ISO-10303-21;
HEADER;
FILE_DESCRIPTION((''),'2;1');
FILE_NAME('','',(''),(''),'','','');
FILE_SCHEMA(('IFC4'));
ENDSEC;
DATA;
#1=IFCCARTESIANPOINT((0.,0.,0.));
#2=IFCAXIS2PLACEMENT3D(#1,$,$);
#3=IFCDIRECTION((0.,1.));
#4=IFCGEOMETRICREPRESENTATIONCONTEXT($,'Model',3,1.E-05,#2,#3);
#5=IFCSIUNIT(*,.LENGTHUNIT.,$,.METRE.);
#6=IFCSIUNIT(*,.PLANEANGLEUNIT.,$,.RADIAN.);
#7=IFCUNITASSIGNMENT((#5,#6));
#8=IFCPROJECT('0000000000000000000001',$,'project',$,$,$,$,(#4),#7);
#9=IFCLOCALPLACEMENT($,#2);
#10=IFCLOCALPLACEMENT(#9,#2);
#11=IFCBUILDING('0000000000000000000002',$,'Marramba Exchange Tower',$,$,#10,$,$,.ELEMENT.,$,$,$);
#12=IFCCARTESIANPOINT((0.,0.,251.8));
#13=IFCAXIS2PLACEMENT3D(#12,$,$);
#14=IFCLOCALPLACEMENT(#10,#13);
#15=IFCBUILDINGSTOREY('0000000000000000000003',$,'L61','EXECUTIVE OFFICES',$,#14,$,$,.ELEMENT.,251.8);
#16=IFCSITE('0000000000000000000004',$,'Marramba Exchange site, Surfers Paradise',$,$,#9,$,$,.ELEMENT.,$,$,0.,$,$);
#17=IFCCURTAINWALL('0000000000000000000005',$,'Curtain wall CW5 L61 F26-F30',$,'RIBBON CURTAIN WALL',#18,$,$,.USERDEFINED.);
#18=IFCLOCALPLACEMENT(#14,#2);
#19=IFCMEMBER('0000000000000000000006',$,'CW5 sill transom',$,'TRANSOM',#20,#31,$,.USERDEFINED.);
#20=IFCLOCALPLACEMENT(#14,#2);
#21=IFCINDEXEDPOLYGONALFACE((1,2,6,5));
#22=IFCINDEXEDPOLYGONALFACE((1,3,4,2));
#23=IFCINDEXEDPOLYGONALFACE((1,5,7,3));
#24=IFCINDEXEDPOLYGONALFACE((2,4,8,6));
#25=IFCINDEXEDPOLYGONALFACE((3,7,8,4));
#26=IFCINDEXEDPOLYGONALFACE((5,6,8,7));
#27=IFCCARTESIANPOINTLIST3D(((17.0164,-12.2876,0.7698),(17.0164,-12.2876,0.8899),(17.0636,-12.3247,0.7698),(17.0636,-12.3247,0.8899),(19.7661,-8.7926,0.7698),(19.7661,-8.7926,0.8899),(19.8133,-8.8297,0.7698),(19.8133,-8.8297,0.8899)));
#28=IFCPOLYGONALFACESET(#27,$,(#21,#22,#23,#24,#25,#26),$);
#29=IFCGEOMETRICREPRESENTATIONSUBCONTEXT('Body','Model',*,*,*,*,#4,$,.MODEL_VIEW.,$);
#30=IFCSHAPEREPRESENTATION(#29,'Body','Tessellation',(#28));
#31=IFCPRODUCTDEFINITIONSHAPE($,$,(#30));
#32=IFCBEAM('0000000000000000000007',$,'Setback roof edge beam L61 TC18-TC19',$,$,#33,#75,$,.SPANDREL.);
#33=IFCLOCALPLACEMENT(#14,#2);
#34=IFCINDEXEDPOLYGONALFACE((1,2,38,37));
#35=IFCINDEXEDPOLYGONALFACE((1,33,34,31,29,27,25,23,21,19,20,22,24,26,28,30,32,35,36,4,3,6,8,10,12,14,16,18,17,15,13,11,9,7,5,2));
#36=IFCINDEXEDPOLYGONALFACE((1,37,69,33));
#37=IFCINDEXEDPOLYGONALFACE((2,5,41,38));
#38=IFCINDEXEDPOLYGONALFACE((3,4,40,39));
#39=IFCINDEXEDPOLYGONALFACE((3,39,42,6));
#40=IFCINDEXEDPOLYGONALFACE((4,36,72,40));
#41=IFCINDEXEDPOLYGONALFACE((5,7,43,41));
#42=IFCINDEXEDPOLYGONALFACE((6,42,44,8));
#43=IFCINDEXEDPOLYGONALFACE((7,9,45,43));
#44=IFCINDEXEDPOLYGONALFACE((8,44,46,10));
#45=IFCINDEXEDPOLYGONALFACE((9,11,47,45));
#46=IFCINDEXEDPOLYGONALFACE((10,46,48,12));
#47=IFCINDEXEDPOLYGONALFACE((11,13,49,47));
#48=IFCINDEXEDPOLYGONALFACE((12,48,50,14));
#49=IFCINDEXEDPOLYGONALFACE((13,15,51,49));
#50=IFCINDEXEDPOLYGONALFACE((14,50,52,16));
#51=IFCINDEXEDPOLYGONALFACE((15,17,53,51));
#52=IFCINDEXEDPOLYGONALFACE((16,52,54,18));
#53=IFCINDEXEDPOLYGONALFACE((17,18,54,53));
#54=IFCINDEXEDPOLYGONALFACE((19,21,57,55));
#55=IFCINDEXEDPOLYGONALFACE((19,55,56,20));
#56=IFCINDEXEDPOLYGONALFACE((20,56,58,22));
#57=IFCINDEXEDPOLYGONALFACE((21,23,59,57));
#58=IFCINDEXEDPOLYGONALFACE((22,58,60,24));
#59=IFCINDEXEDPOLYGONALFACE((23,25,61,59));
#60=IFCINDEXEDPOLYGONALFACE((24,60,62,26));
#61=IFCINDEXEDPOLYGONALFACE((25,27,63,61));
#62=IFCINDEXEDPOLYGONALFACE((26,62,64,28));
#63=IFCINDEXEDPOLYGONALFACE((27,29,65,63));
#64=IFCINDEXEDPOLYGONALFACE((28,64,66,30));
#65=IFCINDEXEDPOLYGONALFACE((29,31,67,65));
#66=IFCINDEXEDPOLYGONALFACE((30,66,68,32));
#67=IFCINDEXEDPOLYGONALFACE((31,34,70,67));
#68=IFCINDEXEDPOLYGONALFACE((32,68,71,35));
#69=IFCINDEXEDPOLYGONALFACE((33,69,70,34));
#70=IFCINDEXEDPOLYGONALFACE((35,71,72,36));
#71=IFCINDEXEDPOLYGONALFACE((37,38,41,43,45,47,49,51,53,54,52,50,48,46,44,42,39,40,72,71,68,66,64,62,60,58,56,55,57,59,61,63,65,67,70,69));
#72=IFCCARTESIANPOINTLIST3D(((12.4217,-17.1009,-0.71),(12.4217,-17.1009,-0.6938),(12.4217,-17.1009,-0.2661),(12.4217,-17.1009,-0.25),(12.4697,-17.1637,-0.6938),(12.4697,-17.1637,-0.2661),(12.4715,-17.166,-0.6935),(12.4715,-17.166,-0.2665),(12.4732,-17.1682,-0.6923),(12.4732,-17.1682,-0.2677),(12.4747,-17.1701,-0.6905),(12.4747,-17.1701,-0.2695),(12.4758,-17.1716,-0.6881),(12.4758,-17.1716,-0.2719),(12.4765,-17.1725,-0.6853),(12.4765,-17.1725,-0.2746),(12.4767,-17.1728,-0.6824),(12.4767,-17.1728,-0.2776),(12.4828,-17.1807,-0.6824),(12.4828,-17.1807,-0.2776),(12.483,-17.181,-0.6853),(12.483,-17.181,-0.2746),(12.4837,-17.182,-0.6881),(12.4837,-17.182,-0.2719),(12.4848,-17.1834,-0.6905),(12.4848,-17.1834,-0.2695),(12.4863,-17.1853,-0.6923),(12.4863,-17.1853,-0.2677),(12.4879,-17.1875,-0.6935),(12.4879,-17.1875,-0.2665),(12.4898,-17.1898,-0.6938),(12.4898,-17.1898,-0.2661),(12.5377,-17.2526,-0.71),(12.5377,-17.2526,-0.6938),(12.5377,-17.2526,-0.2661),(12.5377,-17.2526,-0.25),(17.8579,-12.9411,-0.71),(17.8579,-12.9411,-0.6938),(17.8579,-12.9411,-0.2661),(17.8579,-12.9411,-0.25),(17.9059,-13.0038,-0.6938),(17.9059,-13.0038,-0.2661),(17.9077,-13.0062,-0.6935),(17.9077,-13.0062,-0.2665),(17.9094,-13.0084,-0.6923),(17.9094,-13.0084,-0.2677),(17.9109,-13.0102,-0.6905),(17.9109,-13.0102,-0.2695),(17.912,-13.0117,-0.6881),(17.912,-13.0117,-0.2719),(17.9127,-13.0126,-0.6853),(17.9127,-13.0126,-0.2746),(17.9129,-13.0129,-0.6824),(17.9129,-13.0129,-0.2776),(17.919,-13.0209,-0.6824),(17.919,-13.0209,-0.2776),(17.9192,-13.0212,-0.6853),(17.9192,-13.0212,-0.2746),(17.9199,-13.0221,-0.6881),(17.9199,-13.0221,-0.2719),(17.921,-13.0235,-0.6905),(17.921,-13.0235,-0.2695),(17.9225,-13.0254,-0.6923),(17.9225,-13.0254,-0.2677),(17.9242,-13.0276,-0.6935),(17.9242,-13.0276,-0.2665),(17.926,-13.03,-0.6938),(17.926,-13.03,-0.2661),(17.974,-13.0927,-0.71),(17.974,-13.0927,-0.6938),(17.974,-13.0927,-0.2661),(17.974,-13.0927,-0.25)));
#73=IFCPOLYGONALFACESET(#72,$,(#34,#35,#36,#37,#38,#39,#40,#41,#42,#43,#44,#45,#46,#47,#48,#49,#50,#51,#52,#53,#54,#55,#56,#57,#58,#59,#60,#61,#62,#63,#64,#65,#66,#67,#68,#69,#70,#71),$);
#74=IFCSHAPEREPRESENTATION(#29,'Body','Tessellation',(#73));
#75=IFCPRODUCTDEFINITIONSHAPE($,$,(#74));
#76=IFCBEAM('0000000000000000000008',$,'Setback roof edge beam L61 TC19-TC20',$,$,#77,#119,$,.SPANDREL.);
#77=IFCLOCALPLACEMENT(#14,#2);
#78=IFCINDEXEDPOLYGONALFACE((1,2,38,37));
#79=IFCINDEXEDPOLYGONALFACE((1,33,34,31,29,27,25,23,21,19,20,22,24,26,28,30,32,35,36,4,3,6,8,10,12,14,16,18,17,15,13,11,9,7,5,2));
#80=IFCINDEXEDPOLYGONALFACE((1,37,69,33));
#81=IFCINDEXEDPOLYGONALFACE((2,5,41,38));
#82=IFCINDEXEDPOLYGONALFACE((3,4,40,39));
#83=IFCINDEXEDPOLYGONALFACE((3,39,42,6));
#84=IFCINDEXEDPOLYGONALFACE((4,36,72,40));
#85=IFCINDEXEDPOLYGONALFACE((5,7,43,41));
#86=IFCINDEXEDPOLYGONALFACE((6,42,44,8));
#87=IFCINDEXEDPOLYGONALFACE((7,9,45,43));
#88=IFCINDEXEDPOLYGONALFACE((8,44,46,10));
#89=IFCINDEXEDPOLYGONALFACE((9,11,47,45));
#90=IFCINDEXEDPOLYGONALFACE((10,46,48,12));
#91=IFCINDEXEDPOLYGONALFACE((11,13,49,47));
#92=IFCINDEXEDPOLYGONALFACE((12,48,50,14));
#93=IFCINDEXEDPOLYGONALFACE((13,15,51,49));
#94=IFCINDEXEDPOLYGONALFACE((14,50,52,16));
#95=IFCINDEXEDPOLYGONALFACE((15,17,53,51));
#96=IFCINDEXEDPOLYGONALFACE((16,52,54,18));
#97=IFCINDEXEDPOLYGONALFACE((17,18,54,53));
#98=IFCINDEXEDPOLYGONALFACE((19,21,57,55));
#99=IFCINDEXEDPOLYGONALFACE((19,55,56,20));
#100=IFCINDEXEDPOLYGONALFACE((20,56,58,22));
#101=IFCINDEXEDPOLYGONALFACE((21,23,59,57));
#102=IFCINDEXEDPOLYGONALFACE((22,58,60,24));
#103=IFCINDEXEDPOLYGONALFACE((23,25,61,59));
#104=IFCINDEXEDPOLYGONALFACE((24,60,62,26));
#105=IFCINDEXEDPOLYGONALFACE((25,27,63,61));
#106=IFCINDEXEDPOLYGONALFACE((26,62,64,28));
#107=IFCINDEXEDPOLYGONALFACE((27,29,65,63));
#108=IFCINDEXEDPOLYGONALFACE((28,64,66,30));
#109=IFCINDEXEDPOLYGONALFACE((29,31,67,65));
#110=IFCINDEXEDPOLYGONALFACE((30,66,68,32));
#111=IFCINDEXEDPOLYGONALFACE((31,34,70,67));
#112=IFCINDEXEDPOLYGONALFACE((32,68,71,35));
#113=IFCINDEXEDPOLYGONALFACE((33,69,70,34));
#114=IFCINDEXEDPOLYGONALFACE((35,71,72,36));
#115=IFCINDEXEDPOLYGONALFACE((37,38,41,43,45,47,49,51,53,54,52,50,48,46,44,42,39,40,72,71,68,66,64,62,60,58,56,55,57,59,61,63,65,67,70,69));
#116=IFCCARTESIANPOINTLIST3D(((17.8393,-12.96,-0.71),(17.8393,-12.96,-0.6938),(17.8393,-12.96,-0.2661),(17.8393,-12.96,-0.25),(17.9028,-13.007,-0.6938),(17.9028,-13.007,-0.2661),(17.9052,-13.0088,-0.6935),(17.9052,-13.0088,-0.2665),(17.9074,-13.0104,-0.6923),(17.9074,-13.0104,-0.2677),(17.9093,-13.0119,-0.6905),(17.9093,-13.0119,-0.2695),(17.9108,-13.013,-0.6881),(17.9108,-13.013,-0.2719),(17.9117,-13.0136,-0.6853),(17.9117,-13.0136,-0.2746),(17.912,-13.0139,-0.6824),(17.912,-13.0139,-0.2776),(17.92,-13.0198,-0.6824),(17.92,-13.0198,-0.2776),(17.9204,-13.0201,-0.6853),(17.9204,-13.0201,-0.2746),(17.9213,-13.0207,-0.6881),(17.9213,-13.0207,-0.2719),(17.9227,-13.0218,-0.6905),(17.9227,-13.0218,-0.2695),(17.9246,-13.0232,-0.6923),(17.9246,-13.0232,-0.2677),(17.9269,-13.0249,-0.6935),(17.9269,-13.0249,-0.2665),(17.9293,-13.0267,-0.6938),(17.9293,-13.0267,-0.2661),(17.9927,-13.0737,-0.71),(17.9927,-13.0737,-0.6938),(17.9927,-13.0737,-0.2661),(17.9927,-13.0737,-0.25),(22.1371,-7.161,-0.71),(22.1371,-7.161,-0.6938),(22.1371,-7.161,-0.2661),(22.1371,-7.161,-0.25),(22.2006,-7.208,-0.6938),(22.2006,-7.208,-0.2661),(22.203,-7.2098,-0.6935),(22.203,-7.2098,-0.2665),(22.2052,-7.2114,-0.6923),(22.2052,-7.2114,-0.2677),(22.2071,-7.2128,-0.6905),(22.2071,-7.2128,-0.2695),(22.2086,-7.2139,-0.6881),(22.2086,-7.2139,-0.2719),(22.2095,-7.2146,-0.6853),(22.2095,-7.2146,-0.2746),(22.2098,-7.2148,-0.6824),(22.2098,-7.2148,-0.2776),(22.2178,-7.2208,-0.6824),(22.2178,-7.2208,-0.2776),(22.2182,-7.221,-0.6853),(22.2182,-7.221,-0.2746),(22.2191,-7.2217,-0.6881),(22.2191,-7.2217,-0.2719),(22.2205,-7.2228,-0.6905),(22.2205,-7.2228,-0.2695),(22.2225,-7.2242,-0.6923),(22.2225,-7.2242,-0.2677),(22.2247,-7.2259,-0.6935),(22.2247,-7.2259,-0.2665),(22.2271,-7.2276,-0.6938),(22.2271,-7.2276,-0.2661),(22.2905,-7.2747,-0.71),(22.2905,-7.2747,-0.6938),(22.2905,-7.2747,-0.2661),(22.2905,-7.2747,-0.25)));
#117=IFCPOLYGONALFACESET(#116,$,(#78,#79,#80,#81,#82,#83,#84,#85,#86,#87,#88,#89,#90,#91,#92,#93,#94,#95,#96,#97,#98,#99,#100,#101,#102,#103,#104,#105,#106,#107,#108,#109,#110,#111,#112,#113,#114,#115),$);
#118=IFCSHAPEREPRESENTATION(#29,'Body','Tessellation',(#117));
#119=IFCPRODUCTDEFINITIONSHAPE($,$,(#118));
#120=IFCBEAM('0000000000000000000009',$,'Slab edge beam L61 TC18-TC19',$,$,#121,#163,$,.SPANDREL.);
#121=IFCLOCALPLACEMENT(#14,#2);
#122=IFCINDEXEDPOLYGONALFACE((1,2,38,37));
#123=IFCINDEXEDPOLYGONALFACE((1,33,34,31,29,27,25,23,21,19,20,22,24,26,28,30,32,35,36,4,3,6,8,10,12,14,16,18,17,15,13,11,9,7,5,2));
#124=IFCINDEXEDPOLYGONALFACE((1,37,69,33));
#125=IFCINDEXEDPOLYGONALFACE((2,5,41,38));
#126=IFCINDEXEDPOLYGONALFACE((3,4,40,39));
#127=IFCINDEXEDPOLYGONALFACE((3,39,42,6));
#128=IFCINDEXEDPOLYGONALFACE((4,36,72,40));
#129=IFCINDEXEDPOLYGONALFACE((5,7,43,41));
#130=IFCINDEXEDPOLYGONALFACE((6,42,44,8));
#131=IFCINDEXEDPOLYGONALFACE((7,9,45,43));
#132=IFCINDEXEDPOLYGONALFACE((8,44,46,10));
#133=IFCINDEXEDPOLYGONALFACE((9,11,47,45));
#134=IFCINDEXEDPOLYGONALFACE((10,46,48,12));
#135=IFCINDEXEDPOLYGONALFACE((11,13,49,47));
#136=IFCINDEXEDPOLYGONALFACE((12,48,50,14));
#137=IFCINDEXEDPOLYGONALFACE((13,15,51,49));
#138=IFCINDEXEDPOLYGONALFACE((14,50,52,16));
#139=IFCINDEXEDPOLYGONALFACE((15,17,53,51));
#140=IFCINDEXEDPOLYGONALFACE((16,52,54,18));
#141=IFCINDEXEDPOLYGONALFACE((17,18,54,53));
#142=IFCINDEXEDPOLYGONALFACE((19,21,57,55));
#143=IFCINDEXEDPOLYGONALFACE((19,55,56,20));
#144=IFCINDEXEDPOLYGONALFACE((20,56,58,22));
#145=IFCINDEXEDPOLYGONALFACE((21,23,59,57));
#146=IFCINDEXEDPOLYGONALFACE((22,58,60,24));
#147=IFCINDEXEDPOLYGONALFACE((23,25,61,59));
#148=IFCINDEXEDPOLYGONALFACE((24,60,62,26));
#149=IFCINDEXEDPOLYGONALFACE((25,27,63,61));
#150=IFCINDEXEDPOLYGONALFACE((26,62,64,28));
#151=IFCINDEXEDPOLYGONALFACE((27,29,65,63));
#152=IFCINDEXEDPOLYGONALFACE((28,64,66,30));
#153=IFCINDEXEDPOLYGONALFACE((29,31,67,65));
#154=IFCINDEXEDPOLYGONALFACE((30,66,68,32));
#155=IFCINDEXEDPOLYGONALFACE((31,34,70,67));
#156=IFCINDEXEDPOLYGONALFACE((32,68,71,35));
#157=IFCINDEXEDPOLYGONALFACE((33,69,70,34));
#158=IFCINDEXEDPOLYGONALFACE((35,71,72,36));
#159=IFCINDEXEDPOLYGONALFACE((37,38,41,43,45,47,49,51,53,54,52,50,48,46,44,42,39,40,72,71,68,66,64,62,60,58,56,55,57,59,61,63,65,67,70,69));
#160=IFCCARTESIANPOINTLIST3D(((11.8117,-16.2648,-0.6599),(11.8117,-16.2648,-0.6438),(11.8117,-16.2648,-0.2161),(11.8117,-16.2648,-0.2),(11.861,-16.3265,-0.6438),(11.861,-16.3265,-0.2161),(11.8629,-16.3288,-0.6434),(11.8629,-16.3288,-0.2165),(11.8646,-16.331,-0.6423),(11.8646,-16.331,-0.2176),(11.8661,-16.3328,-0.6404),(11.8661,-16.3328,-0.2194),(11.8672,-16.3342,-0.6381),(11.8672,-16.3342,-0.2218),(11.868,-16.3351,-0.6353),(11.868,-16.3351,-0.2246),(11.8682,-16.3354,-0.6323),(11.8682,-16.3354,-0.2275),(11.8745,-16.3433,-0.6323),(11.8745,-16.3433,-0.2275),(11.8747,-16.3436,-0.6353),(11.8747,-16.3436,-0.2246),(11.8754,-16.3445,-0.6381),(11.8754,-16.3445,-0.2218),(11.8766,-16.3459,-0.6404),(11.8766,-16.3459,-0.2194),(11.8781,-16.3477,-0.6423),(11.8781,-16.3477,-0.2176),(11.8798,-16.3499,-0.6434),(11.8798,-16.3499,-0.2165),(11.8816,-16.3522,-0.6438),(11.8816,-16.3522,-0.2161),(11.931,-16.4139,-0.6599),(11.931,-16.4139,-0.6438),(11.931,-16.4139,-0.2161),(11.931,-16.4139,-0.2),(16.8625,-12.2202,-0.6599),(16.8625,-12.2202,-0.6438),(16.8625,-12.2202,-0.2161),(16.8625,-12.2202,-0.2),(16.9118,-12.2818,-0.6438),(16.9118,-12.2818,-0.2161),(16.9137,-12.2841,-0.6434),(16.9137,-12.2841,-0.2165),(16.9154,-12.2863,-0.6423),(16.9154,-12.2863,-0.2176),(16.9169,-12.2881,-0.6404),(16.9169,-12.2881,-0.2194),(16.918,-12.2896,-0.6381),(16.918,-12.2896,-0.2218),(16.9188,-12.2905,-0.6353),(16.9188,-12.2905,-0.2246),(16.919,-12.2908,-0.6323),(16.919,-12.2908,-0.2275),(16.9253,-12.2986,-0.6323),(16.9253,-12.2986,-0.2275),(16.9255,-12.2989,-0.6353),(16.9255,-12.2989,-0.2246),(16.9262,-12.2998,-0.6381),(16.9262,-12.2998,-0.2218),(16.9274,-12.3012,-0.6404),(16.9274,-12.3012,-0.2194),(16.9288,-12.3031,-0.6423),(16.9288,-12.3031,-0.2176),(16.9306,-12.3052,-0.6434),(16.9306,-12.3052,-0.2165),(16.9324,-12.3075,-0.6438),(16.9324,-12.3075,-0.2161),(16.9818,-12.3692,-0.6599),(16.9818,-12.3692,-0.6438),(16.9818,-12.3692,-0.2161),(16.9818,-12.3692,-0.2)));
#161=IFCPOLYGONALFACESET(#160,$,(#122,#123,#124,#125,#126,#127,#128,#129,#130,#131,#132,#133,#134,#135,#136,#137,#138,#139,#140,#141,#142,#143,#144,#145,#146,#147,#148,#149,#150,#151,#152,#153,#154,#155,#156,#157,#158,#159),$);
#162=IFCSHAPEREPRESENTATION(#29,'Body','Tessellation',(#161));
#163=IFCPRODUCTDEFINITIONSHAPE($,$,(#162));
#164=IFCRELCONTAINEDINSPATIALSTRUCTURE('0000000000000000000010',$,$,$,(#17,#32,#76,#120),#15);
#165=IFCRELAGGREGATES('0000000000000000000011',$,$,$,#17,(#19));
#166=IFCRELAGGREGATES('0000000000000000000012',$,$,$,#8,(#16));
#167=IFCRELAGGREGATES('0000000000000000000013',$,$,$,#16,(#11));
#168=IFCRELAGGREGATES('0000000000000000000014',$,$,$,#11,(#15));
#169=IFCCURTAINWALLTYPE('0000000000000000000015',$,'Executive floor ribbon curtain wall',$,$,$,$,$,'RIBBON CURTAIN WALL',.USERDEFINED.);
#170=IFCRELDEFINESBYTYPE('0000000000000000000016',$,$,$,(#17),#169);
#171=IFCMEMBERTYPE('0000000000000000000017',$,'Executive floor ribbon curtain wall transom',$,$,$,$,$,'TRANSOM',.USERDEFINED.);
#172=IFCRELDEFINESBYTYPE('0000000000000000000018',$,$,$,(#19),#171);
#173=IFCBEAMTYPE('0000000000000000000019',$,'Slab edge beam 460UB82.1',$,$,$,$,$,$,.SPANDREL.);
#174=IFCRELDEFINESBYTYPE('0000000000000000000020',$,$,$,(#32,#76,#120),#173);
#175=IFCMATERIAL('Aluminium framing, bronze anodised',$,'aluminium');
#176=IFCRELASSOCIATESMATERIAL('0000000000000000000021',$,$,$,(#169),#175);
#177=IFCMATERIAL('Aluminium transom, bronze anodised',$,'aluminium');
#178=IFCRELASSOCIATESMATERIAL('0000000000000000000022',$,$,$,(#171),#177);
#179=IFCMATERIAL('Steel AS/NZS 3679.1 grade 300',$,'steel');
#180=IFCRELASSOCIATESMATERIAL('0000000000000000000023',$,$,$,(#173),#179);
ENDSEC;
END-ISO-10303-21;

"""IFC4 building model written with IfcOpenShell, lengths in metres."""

from ifc_helpers import new_model, si_unit, direction, frame, origin, origin_2d, place, context, subcontext, project, spatial, rectangle, i_section, extrude, material, material_profile, profile_set, type_object, element, aggregate, save


model = new_model("IFC4")

# Units and contexts
model_context = context("Model", 3, precision=1e-05, world=origin(), true_north=direction((0.0, 1.0)))
body_context = subcontext(model_context, "Body", "Model", "MODEL_VIEW")
ifc_project = project(units=[si_unit("LENGTHUNIT", "METRE"), si_unit("PLANEANGLEUNIT", "RADIAN")], contexts=[model_context])

# Site, building, storey
site_placement = place(None, origin())
site = spatial("IfcSite", under=ifc_project, at=site_placement, Name="Marramba Exchange site, Surfers Paradise", CompositionType="ELEMENT", RefElevation=0.0)
building_placement = place(site_placement, origin())
building = spatial("IfcBuilding", under=site, at=building_placement, Name="Marramba Exchange Tower", CompositionType="ELEMENT")
storey_placement = place(building_placement, frame((0.0, 0.0, 251.8)))
storey = spatial("IfcBuildingStorey", under=building, at=storey_placement, Name="L61", Description="EXECUTIVE OFFICES", CompositionType="ELEMENT", Elevation=251.8)

# Curtain wall, member
ifc_material_1 = material(Name="Aluminium framing, bronze anodised", Category="aluminium")
curtain_wall_type = type_object("IfcCurtainWallType", Name="Executive floor ribbon curtain wall", ElementType="RIBBON CURTAIN WALL", PredefinedType="USERDEFINED", material=ifc_material_1)
curtain_wall_placement = place(storey_placement, origin())
curtain_wall = element("IfcCurtainWall", 1, at=curtain_wall_placement, inside=storey, type_object=curtain_wall_type, Name="Curtain wall CW5 L61 F26-F30", ObjectType="RIBBON CURTAIN WALL", PredefinedType="USERDEFINED")
ifc_material_2 = material(Name="Aluminium transom, bronze anodised", Category="aluminium")
ifc_material_profile_1 = material_profile(ifc_material_2, rectangle(XDim=0.0601, YDim=0.1201, at=origin_2d()), Name="CW5 transom 60x120")
ifc_profile_set_1 = profile_set([ifc_material_profile_1], Name="Aluminium transom, bronze anodised")
member_type_1 = type_object("IfcMemberType", Name="Executive floor ribbon curtain wall transom", ElementType="TRANSOM", PredefinedType="USERDEFINED", material=ifc_profile_set_1)
member_1_placement = place(storey_placement, frame((17.04, -12.3062, 0.8298), z_axis=(0.618321, 0.785926, 0.0), x_axis=(-0.785926, 0.618321, 0.0)))
member_1 = element("IfcMember", 2, at=member_1_placement, type_object=member_type_1, Name="CW5 sill transom", ObjectType="TRANSOM", PredefinedType="USERDEFINED", context=body_context, shape_type="SweptSolid", body=[
    extrude(rectangle(XDim=0.0601, YDim=0.1201, at=origin_2d()), origin(), (0.0, 0.0, 1.0), 4.447),
])

# Beams
ifc_material_3 = material(Name="Steel AS/NZS 3679.1 grade 300", Category="steel")
ifc_material_profile_2 = material_profile(ifc_material_3, i_section(OverallWidth=0.1909, OverallDepth=0.46, WebThickness=0.01, FlangeThickness=0.0161, FilletRadius=0.0115, at=origin_2d()), Name="460UB82.1")
ifc_profile_set_2 = profile_set([ifc_material_profile_2], Name="Steel AS/NZS 3679.1 grade 300")
beam_type_1 = type_object("IfcBeamType", Name="Slab edge beam 460UB82.1", PredefinedType="SPANDREL", material=ifc_profile_set_2)
beam_1_placement = place(storey_placement, frame((12.4797, -17.1768, -0.48), z_axis=(0.794163, 0.607704, 0.0), x_axis=(-0.607704, 0.794163, 0.0)))
element("IfcBeam", 3, at=beam_1_placement, inside=storey, type_object=beam_type_1, Name="Setback roof edge beam L61 TC18-TC19", PredefinedType="SPANDREL", context=body_context, shape_type="SweptSolid", body=[
    extrude(i_section(OverallWidth=0.1909, OverallDepth=0.46, WebThickness=0.01, FlangeThickness=0.0161, FilletRadius=0.0115, at=origin_2d()), origin(), (0.0, 0.0, 1.0), 6.8452),
])
beam_2_placement = place(storey_placement, frame((17.916, -13.0168, -0.48), z_axis=(0.595428, 0.803409, 0.0), x_axis=(-0.803409, 0.595428, 0.0)))
element("IfcBeam", 4, at=beam_2_placement, inside=storey, type_object=beam_type_1, Name="Setback roof edge beam L61 TC19-TC20", PredefinedType="SPANDREL", context=body_context, shape_type="SweptSolid", body=[
    extrude(i_section(OverallWidth=0.1909, OverallDepth=0.46, WebThickness=0.01, FlangeThickness=0.0161, FilletRadius=0.0115, at=origin_2d()), origin(), (0.0, 0.0, 1.0), 7.218),
])
beam_3_placement = place(storey_placement, frame((11.8713, -16.3394, -0.4299), z_axis=(0.780563, 0.625077, 0.0), x_axis=(-0.625077, 0.780563, 0.0)))
element("IfcBeam", 5, at=beam_3_placement, inside=storey, type_object=beam_type_1, Name="Slab edge beam L61 TC18-TC19", PredefinedType="SPANDREL", context=body_context, shape_type="SweptSolid", body=[
    extrude(i_section(OverallWidth=0.1909, OverallDepth=0.46, WebThickness=0.01, FlangeThickness=0.0161, FilletRadius=0.0115, at=origin_2d()), origin(), (0.0, 0.0, 1.0), 6.4707),
])

aggregate(curtain_wall, [member_1])

save(model, "model.ifc")
